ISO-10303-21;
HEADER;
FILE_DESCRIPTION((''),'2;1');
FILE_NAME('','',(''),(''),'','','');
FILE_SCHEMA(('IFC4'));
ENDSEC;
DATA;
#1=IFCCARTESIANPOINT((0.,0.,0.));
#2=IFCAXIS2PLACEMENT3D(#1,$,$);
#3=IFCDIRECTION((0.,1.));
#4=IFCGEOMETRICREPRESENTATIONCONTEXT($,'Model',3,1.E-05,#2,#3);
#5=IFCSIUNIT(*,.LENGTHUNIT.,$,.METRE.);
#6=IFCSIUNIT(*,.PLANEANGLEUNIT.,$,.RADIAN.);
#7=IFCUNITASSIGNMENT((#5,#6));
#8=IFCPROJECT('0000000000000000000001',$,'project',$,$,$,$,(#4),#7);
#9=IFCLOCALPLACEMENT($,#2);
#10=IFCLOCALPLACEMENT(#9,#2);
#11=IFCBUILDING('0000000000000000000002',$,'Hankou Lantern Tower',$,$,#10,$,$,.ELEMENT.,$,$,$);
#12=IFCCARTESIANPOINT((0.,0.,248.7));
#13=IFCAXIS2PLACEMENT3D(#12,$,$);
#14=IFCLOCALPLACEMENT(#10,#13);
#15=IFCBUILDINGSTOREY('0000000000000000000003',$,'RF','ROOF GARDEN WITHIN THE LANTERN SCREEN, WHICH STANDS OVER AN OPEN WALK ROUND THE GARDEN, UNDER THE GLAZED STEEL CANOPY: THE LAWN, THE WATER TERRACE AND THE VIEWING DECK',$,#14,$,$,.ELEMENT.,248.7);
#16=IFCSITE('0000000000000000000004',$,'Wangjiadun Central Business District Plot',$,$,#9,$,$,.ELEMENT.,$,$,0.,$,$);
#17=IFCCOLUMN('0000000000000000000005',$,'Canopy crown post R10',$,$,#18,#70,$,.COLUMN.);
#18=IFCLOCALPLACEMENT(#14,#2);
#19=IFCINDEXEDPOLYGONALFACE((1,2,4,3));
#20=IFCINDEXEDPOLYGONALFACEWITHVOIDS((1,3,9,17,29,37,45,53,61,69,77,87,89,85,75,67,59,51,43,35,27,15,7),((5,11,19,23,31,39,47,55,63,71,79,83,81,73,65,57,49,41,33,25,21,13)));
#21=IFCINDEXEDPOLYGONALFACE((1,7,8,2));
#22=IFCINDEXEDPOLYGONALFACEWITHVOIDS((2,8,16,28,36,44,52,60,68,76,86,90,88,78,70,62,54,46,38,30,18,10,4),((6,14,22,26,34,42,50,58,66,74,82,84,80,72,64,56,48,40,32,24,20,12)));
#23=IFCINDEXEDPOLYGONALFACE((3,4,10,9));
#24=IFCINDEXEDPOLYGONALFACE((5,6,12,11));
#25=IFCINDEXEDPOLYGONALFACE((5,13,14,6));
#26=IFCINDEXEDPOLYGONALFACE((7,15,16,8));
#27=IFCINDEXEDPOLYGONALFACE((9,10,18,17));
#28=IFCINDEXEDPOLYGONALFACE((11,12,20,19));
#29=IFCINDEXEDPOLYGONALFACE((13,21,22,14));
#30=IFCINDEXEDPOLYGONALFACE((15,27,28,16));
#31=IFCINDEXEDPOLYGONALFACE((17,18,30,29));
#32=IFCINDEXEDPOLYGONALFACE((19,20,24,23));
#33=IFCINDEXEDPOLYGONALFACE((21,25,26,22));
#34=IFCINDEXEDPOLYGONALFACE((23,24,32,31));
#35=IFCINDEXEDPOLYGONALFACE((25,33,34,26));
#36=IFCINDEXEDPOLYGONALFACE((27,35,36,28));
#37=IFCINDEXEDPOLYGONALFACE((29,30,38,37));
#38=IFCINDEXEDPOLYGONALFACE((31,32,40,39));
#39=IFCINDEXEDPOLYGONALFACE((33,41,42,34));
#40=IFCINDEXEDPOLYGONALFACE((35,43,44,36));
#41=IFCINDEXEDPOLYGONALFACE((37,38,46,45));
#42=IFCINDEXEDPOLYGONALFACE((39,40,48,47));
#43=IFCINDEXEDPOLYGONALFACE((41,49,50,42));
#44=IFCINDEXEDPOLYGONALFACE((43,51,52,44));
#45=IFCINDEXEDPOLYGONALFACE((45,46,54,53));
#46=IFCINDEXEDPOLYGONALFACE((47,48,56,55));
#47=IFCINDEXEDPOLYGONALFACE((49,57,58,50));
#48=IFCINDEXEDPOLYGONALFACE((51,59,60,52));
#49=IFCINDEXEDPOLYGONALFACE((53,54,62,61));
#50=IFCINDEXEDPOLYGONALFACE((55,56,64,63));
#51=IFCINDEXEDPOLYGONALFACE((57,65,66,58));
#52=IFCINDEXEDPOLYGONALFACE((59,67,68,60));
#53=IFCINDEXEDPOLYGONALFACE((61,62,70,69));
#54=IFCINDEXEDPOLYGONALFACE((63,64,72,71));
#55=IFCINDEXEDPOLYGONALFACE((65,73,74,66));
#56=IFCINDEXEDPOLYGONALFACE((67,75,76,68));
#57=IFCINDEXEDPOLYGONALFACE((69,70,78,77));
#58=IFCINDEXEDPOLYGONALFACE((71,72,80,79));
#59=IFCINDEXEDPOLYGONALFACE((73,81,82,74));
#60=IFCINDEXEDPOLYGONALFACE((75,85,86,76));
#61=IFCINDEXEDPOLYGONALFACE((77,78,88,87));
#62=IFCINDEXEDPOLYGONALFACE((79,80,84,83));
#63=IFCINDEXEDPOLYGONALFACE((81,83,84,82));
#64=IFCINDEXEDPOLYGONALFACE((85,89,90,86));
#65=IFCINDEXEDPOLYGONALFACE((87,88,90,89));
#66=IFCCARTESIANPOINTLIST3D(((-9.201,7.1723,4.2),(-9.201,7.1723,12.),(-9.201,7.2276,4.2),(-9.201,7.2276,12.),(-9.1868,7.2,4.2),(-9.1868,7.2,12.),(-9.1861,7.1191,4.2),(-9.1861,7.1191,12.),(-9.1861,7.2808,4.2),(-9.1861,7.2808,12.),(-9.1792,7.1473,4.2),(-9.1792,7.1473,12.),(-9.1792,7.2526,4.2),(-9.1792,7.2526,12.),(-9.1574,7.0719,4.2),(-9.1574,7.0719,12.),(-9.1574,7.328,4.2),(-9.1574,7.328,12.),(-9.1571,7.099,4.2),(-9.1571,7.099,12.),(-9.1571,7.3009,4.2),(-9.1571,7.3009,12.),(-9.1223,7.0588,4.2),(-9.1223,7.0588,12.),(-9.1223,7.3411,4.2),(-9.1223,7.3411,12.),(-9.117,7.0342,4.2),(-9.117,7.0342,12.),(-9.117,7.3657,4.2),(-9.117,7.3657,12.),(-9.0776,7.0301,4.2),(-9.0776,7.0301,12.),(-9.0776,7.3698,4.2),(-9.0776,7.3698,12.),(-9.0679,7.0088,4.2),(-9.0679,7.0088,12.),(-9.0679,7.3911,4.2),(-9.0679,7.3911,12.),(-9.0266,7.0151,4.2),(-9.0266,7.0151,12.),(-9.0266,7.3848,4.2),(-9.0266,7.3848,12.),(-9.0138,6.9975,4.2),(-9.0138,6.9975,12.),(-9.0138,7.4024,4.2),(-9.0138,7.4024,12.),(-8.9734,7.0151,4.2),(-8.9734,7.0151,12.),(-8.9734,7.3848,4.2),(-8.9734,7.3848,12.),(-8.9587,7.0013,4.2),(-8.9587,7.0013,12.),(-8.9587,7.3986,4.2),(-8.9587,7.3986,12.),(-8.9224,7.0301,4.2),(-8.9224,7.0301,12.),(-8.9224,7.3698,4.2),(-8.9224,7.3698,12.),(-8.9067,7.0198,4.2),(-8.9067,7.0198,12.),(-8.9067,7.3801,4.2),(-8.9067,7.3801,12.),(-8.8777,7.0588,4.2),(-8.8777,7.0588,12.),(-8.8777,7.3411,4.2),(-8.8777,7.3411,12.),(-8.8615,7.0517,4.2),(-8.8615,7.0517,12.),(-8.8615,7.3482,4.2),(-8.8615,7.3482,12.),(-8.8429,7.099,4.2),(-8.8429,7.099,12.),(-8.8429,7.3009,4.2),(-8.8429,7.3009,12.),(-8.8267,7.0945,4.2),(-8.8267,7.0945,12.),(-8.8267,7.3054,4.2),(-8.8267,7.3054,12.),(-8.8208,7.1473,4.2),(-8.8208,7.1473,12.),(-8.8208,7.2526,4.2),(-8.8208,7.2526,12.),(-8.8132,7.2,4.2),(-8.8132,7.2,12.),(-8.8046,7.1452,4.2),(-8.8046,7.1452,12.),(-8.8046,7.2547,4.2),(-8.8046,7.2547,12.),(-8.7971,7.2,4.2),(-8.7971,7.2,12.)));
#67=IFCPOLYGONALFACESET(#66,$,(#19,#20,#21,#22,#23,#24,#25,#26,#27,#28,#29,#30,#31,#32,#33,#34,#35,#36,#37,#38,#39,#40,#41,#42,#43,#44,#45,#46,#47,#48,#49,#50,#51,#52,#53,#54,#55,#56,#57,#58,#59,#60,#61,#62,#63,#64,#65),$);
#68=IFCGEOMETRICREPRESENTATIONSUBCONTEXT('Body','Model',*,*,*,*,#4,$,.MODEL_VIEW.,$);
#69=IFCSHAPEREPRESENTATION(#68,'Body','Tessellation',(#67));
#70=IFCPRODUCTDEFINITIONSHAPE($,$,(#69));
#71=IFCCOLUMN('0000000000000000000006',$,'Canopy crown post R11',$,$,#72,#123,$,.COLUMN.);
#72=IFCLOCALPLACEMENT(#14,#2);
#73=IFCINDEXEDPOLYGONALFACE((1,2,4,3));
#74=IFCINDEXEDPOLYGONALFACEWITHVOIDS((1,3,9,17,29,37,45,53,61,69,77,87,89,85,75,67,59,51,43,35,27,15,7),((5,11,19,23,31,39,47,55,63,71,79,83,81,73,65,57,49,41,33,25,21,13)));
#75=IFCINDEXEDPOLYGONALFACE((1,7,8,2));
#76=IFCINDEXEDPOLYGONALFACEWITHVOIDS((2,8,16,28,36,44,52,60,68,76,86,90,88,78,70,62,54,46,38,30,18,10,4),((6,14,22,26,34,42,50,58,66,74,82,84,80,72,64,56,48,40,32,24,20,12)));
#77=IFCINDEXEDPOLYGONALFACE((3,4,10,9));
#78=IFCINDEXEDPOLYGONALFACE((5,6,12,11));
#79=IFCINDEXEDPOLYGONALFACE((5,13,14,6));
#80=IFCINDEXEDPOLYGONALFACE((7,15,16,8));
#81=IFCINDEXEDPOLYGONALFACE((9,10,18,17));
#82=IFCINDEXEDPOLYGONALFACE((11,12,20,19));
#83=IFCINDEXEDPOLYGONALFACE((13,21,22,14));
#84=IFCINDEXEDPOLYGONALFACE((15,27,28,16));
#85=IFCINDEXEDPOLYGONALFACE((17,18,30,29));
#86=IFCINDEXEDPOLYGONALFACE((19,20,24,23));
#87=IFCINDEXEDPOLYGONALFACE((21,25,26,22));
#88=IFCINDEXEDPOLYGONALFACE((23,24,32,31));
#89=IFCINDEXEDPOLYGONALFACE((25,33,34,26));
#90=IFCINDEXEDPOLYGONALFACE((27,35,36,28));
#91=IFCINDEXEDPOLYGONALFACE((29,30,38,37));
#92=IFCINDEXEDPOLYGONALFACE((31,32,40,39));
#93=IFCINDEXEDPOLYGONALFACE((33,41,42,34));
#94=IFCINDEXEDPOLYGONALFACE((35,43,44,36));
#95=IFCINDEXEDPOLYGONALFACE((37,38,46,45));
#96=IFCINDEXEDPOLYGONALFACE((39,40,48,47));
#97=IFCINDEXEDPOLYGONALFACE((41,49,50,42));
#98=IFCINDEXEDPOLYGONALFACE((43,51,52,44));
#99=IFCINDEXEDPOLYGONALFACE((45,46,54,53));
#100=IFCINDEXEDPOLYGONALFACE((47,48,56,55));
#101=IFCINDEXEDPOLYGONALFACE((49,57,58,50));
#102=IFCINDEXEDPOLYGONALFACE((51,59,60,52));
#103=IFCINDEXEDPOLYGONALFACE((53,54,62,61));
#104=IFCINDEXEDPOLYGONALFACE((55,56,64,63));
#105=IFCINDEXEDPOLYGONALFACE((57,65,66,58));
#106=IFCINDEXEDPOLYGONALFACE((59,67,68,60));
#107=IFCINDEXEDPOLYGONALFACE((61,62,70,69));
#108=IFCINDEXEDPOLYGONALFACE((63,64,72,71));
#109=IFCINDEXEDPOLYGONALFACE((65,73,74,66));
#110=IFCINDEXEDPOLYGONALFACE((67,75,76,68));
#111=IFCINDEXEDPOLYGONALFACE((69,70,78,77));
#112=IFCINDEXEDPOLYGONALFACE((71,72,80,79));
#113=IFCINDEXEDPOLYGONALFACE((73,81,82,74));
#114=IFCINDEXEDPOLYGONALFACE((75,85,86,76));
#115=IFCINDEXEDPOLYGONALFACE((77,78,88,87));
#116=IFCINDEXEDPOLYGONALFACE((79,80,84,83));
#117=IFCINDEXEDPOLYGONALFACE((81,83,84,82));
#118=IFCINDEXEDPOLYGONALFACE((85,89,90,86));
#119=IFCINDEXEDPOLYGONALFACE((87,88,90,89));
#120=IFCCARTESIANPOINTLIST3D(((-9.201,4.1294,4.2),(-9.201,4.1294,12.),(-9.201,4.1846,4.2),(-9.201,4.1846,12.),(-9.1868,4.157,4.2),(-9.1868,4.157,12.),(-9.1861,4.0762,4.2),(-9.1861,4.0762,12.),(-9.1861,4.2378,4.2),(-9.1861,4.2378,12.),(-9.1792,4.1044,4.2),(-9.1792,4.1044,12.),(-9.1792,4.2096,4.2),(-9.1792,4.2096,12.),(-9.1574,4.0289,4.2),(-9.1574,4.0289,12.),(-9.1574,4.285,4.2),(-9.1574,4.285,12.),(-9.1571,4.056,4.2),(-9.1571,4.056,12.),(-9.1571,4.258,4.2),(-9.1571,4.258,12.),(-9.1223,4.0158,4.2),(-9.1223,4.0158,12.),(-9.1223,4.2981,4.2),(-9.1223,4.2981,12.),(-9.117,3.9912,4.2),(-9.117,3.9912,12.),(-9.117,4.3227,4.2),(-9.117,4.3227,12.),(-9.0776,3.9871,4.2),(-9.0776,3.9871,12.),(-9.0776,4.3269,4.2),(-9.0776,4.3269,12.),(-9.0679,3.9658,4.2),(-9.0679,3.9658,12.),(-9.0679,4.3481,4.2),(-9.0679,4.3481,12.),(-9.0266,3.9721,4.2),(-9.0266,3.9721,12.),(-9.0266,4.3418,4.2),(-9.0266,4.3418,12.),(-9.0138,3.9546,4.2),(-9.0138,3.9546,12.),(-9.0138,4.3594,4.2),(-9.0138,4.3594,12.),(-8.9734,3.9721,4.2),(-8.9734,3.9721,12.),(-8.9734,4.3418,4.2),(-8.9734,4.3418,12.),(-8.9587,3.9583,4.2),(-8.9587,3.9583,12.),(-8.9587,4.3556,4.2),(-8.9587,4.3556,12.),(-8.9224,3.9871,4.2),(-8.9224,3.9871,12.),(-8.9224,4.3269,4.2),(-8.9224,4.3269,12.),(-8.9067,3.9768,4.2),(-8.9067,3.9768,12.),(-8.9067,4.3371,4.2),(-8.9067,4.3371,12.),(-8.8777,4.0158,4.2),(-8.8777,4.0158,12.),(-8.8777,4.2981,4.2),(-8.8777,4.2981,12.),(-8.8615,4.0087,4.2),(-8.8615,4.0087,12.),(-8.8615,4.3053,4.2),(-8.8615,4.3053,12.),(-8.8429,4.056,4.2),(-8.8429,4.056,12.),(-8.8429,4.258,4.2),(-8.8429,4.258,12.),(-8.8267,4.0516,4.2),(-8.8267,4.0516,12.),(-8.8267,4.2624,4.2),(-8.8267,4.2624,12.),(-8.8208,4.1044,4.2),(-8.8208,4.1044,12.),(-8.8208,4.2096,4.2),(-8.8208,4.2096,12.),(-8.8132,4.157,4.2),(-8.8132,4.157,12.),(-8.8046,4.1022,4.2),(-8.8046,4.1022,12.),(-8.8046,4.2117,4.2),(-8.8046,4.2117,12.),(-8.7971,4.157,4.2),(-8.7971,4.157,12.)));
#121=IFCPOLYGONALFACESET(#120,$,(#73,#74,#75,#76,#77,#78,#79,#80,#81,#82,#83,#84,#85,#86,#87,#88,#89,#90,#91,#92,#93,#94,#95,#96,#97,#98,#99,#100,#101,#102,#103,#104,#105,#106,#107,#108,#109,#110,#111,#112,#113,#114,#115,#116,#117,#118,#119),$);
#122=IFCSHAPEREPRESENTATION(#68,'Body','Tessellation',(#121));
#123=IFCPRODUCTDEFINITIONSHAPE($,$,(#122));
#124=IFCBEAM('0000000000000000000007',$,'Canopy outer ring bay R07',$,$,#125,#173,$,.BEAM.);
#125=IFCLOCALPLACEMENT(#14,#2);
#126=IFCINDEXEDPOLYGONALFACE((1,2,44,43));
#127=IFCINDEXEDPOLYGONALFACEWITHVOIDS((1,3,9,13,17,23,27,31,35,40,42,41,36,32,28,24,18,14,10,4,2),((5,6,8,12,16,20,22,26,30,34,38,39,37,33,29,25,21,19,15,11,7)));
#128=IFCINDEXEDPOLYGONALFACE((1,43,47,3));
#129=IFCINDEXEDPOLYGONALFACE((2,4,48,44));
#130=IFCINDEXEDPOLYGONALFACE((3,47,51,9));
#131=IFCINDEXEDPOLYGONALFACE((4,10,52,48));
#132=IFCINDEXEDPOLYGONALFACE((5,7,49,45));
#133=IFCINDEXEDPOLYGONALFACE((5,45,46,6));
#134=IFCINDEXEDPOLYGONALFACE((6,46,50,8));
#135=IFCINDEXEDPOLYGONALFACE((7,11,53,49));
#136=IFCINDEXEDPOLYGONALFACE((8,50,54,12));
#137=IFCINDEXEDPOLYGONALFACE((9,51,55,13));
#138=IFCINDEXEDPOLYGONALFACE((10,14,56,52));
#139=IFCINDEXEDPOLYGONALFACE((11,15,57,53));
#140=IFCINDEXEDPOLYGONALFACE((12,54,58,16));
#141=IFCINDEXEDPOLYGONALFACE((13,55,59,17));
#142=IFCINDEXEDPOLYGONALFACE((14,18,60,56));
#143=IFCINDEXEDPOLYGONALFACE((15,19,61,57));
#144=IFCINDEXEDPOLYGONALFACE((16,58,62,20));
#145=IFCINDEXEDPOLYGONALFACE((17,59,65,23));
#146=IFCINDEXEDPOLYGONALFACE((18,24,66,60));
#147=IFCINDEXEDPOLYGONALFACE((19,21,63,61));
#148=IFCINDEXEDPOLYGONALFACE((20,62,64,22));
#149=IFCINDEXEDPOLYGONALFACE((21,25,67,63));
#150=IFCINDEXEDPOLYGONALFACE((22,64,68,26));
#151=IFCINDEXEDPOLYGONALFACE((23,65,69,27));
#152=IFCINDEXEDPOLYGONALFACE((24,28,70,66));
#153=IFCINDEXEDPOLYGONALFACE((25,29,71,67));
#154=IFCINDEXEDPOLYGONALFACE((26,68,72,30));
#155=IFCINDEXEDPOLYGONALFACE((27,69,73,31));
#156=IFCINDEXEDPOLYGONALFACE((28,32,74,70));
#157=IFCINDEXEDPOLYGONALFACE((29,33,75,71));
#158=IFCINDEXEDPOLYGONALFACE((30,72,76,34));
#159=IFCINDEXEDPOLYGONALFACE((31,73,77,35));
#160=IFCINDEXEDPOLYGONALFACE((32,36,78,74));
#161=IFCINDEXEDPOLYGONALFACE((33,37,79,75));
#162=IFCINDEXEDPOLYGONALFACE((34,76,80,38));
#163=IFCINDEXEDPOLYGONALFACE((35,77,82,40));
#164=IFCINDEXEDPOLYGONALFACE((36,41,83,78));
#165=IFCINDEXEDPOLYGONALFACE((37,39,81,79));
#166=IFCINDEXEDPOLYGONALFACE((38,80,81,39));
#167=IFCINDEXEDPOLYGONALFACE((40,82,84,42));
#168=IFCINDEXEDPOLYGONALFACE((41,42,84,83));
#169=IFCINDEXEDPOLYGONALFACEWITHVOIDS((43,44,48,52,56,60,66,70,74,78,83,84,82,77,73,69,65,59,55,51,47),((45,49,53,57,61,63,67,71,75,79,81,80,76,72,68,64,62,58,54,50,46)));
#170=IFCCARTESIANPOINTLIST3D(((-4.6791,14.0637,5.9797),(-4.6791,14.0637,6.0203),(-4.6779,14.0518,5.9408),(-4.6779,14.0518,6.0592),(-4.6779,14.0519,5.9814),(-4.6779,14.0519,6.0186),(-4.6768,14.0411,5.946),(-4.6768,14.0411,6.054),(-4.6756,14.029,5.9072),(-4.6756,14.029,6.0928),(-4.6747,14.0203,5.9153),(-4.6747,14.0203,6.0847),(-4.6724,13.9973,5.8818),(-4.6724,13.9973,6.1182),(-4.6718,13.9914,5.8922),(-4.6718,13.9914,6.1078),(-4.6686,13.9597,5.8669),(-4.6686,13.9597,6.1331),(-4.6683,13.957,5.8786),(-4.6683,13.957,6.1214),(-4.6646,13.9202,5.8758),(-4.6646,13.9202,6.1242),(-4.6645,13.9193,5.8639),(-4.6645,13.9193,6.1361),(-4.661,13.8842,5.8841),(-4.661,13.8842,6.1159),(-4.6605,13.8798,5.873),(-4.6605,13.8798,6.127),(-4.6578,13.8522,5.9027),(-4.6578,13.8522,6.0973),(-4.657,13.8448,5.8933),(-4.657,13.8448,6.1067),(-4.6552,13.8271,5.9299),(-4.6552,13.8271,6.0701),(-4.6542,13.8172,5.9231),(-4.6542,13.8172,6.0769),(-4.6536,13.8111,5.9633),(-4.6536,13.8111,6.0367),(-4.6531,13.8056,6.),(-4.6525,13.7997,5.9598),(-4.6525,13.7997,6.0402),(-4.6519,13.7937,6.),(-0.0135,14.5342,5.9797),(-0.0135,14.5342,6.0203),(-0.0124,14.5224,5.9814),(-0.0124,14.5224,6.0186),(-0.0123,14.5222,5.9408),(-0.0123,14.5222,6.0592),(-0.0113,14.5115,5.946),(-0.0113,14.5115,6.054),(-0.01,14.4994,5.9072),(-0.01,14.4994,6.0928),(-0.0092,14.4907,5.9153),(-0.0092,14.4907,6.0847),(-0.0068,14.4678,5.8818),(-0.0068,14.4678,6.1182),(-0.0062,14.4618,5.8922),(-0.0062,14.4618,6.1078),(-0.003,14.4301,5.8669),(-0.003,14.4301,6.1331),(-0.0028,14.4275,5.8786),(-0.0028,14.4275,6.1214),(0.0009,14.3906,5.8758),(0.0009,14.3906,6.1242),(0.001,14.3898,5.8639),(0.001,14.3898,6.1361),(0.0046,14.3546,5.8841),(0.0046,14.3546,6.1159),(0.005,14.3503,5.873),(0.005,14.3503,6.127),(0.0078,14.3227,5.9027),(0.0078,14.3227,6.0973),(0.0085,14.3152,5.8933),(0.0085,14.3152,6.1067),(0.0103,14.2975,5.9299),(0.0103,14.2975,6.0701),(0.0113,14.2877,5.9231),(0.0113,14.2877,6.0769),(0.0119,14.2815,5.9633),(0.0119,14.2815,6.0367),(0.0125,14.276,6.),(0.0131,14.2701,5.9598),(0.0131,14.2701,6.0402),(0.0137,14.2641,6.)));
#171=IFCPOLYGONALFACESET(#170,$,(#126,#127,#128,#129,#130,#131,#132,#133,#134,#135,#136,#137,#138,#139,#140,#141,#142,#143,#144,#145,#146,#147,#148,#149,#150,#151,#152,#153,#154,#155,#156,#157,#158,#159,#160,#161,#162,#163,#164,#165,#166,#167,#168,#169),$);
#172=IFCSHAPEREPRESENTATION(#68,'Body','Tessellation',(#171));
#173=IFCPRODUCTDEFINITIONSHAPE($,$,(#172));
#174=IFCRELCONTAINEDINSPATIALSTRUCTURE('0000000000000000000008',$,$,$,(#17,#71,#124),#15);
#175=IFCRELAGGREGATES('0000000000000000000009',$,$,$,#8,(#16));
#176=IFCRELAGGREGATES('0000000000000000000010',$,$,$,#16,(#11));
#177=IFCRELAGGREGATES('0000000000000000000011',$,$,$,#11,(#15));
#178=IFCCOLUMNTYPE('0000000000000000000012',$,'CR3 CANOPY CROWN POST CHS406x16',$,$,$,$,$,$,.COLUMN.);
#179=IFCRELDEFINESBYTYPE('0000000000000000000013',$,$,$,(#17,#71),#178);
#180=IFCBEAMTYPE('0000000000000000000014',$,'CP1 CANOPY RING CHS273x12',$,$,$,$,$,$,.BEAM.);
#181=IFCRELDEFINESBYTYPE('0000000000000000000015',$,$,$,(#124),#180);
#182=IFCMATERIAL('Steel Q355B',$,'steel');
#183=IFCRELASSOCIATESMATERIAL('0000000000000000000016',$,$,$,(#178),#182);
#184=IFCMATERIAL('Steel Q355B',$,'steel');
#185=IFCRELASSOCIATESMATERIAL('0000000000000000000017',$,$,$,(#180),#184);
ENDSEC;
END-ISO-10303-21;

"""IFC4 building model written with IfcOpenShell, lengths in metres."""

from ifc_helpers import new_model, si_unit, direction, frame, origin, origin_2d, place, context, subcontext, project, spatial, hollow_circle, extrude, material, material_profile, profile_set, type_object, element, save


model = new_model("IFC4")

# Units and contexts
model_context = context("Model", 3, precision=1e-05, world=origin(), true_north=direction((0.0, 1.0)))
body_context = subcontext(model_context, "Body", "Model", "MODEL_VIEW")
ifc_project = project(units=[si_unit("LENGTHUNIT", "METRE"), si_unit("PLANEANGLEUNIT", "RADIAN")], contexts=[model_context])

# Site, building, storey
site_placement = place(None, origin())
site = spatial("IfcSite", under=ifc_project, at=site_placement, Name="Wangjiadun Central Business District Plot", CompositionType="ELEMENT", RefElevation=0.0)
building_placement = place(site_placement, origin())
building = spatial("IfcBuilding", under=site, at=building_placement, Name="Hankou Lantern Tower", CompositionType="ELEMENT")
storey_placement = place(building_placement, frame((0.0, 0.0, 248.7)))
storey = spatial("IfcBuildingStorey", under=building, at=storey_placement, Name="RF", Description="ROOF GARDEN WITHIN THE LANTERN SCREEN, WHICH STANDS OVER AN OPEN WALK ROUND THE GARDEN, UNDER THE GLAZED STEEL CANOPY: THE LAWN, THE WATER TERRACE AND THE VIEWING DECK", CompositionType="ELEMENT", Elevation=248.7)

# Columns
ifc_material_1 = material(Name="Steel Q355B", Category="steel")
ifc_material_profile_1 = material_profile(ifc_material_1, hollow_circle(Radius=0.2029, WallThickness=0.0161, at=origin_2d()), Name="CHS406x16")
ifc_profile_set_1 = profile_set([ifc_material_profile_1], Name="Steel Q355B")
column_type = type_object("IfcColumnType", Name="CR3 CANOPY CROWN POST CHS406x16", PredefinedType="COLUMN", material=ifc_profile_set_1)
for number, where, z_axis, x_axis, name in (
    (1, (-9.0, 7.2, 4.2), (0.0, 0.0, 1.0), (1.0, 0.0, 0.0), "Canopy crown post R10"),
    (2, (-9.0, 4.157, 4.2), (0.0, 0.0, 1.0), (1.0, 0.0, 0.0), "Canopy crown post R11"),
):
    element("IfcColumn", number, at=place(storey_placement, frame(where, z_axis=z_axis, x_axis=x_axis)), inside=storey, type_object=column_type, Name=name, PredefinedType="COLUMN", context=body_context, shape_type="SweptSolid", body=[
        extrude(hollow_circle(Radius=0.2029, WallThickness=0.0161, at=origin_2d()), origin(), (0.0, 0.0, 1.0), 7.8),
    ])

# Beam
ifc_material_2 = material(Name="Steel Q355B", Category="steel")
ifc_material_profile_2 = material_profile(ifc_material_2, hollow_circle(Radius=0.1365, WallThickness=0.012, at=origin_2d()), Name="CHS273x12")
ifc_profile_set_2 = profile_set([ifc_material_profile_2], Name="Steel Q355B")
beam_type_1 = type_object("IfcBeamType", Name="CP1 CANOPY RING CHS273x12", PredefinedType="BEAM", material=ifc_profile_set_2)
beam_1_placement = place(storey_placement, frame((0.0, 14.3999, 6.0), z_axis=(-0.994954, -0.100328, 0.0), x_axis=(0.100328, -0.994954, 0.0)))
element("IfcBeam", 3, at=beam_1_placement, inside=storey, type_object=beam_type_1, Name="Canopy outer ring bay R07", PredefinedType="BEAM", context=body_context, shape_type="SweptSolid", body=[
    extrude(hollow_circle(Radius=0.1365, WallThickness=0.012, at=origin_2d()), origin(), (0.0, 0.0, 1.0), 4.6892),
])

save(model, "model.ifc")
